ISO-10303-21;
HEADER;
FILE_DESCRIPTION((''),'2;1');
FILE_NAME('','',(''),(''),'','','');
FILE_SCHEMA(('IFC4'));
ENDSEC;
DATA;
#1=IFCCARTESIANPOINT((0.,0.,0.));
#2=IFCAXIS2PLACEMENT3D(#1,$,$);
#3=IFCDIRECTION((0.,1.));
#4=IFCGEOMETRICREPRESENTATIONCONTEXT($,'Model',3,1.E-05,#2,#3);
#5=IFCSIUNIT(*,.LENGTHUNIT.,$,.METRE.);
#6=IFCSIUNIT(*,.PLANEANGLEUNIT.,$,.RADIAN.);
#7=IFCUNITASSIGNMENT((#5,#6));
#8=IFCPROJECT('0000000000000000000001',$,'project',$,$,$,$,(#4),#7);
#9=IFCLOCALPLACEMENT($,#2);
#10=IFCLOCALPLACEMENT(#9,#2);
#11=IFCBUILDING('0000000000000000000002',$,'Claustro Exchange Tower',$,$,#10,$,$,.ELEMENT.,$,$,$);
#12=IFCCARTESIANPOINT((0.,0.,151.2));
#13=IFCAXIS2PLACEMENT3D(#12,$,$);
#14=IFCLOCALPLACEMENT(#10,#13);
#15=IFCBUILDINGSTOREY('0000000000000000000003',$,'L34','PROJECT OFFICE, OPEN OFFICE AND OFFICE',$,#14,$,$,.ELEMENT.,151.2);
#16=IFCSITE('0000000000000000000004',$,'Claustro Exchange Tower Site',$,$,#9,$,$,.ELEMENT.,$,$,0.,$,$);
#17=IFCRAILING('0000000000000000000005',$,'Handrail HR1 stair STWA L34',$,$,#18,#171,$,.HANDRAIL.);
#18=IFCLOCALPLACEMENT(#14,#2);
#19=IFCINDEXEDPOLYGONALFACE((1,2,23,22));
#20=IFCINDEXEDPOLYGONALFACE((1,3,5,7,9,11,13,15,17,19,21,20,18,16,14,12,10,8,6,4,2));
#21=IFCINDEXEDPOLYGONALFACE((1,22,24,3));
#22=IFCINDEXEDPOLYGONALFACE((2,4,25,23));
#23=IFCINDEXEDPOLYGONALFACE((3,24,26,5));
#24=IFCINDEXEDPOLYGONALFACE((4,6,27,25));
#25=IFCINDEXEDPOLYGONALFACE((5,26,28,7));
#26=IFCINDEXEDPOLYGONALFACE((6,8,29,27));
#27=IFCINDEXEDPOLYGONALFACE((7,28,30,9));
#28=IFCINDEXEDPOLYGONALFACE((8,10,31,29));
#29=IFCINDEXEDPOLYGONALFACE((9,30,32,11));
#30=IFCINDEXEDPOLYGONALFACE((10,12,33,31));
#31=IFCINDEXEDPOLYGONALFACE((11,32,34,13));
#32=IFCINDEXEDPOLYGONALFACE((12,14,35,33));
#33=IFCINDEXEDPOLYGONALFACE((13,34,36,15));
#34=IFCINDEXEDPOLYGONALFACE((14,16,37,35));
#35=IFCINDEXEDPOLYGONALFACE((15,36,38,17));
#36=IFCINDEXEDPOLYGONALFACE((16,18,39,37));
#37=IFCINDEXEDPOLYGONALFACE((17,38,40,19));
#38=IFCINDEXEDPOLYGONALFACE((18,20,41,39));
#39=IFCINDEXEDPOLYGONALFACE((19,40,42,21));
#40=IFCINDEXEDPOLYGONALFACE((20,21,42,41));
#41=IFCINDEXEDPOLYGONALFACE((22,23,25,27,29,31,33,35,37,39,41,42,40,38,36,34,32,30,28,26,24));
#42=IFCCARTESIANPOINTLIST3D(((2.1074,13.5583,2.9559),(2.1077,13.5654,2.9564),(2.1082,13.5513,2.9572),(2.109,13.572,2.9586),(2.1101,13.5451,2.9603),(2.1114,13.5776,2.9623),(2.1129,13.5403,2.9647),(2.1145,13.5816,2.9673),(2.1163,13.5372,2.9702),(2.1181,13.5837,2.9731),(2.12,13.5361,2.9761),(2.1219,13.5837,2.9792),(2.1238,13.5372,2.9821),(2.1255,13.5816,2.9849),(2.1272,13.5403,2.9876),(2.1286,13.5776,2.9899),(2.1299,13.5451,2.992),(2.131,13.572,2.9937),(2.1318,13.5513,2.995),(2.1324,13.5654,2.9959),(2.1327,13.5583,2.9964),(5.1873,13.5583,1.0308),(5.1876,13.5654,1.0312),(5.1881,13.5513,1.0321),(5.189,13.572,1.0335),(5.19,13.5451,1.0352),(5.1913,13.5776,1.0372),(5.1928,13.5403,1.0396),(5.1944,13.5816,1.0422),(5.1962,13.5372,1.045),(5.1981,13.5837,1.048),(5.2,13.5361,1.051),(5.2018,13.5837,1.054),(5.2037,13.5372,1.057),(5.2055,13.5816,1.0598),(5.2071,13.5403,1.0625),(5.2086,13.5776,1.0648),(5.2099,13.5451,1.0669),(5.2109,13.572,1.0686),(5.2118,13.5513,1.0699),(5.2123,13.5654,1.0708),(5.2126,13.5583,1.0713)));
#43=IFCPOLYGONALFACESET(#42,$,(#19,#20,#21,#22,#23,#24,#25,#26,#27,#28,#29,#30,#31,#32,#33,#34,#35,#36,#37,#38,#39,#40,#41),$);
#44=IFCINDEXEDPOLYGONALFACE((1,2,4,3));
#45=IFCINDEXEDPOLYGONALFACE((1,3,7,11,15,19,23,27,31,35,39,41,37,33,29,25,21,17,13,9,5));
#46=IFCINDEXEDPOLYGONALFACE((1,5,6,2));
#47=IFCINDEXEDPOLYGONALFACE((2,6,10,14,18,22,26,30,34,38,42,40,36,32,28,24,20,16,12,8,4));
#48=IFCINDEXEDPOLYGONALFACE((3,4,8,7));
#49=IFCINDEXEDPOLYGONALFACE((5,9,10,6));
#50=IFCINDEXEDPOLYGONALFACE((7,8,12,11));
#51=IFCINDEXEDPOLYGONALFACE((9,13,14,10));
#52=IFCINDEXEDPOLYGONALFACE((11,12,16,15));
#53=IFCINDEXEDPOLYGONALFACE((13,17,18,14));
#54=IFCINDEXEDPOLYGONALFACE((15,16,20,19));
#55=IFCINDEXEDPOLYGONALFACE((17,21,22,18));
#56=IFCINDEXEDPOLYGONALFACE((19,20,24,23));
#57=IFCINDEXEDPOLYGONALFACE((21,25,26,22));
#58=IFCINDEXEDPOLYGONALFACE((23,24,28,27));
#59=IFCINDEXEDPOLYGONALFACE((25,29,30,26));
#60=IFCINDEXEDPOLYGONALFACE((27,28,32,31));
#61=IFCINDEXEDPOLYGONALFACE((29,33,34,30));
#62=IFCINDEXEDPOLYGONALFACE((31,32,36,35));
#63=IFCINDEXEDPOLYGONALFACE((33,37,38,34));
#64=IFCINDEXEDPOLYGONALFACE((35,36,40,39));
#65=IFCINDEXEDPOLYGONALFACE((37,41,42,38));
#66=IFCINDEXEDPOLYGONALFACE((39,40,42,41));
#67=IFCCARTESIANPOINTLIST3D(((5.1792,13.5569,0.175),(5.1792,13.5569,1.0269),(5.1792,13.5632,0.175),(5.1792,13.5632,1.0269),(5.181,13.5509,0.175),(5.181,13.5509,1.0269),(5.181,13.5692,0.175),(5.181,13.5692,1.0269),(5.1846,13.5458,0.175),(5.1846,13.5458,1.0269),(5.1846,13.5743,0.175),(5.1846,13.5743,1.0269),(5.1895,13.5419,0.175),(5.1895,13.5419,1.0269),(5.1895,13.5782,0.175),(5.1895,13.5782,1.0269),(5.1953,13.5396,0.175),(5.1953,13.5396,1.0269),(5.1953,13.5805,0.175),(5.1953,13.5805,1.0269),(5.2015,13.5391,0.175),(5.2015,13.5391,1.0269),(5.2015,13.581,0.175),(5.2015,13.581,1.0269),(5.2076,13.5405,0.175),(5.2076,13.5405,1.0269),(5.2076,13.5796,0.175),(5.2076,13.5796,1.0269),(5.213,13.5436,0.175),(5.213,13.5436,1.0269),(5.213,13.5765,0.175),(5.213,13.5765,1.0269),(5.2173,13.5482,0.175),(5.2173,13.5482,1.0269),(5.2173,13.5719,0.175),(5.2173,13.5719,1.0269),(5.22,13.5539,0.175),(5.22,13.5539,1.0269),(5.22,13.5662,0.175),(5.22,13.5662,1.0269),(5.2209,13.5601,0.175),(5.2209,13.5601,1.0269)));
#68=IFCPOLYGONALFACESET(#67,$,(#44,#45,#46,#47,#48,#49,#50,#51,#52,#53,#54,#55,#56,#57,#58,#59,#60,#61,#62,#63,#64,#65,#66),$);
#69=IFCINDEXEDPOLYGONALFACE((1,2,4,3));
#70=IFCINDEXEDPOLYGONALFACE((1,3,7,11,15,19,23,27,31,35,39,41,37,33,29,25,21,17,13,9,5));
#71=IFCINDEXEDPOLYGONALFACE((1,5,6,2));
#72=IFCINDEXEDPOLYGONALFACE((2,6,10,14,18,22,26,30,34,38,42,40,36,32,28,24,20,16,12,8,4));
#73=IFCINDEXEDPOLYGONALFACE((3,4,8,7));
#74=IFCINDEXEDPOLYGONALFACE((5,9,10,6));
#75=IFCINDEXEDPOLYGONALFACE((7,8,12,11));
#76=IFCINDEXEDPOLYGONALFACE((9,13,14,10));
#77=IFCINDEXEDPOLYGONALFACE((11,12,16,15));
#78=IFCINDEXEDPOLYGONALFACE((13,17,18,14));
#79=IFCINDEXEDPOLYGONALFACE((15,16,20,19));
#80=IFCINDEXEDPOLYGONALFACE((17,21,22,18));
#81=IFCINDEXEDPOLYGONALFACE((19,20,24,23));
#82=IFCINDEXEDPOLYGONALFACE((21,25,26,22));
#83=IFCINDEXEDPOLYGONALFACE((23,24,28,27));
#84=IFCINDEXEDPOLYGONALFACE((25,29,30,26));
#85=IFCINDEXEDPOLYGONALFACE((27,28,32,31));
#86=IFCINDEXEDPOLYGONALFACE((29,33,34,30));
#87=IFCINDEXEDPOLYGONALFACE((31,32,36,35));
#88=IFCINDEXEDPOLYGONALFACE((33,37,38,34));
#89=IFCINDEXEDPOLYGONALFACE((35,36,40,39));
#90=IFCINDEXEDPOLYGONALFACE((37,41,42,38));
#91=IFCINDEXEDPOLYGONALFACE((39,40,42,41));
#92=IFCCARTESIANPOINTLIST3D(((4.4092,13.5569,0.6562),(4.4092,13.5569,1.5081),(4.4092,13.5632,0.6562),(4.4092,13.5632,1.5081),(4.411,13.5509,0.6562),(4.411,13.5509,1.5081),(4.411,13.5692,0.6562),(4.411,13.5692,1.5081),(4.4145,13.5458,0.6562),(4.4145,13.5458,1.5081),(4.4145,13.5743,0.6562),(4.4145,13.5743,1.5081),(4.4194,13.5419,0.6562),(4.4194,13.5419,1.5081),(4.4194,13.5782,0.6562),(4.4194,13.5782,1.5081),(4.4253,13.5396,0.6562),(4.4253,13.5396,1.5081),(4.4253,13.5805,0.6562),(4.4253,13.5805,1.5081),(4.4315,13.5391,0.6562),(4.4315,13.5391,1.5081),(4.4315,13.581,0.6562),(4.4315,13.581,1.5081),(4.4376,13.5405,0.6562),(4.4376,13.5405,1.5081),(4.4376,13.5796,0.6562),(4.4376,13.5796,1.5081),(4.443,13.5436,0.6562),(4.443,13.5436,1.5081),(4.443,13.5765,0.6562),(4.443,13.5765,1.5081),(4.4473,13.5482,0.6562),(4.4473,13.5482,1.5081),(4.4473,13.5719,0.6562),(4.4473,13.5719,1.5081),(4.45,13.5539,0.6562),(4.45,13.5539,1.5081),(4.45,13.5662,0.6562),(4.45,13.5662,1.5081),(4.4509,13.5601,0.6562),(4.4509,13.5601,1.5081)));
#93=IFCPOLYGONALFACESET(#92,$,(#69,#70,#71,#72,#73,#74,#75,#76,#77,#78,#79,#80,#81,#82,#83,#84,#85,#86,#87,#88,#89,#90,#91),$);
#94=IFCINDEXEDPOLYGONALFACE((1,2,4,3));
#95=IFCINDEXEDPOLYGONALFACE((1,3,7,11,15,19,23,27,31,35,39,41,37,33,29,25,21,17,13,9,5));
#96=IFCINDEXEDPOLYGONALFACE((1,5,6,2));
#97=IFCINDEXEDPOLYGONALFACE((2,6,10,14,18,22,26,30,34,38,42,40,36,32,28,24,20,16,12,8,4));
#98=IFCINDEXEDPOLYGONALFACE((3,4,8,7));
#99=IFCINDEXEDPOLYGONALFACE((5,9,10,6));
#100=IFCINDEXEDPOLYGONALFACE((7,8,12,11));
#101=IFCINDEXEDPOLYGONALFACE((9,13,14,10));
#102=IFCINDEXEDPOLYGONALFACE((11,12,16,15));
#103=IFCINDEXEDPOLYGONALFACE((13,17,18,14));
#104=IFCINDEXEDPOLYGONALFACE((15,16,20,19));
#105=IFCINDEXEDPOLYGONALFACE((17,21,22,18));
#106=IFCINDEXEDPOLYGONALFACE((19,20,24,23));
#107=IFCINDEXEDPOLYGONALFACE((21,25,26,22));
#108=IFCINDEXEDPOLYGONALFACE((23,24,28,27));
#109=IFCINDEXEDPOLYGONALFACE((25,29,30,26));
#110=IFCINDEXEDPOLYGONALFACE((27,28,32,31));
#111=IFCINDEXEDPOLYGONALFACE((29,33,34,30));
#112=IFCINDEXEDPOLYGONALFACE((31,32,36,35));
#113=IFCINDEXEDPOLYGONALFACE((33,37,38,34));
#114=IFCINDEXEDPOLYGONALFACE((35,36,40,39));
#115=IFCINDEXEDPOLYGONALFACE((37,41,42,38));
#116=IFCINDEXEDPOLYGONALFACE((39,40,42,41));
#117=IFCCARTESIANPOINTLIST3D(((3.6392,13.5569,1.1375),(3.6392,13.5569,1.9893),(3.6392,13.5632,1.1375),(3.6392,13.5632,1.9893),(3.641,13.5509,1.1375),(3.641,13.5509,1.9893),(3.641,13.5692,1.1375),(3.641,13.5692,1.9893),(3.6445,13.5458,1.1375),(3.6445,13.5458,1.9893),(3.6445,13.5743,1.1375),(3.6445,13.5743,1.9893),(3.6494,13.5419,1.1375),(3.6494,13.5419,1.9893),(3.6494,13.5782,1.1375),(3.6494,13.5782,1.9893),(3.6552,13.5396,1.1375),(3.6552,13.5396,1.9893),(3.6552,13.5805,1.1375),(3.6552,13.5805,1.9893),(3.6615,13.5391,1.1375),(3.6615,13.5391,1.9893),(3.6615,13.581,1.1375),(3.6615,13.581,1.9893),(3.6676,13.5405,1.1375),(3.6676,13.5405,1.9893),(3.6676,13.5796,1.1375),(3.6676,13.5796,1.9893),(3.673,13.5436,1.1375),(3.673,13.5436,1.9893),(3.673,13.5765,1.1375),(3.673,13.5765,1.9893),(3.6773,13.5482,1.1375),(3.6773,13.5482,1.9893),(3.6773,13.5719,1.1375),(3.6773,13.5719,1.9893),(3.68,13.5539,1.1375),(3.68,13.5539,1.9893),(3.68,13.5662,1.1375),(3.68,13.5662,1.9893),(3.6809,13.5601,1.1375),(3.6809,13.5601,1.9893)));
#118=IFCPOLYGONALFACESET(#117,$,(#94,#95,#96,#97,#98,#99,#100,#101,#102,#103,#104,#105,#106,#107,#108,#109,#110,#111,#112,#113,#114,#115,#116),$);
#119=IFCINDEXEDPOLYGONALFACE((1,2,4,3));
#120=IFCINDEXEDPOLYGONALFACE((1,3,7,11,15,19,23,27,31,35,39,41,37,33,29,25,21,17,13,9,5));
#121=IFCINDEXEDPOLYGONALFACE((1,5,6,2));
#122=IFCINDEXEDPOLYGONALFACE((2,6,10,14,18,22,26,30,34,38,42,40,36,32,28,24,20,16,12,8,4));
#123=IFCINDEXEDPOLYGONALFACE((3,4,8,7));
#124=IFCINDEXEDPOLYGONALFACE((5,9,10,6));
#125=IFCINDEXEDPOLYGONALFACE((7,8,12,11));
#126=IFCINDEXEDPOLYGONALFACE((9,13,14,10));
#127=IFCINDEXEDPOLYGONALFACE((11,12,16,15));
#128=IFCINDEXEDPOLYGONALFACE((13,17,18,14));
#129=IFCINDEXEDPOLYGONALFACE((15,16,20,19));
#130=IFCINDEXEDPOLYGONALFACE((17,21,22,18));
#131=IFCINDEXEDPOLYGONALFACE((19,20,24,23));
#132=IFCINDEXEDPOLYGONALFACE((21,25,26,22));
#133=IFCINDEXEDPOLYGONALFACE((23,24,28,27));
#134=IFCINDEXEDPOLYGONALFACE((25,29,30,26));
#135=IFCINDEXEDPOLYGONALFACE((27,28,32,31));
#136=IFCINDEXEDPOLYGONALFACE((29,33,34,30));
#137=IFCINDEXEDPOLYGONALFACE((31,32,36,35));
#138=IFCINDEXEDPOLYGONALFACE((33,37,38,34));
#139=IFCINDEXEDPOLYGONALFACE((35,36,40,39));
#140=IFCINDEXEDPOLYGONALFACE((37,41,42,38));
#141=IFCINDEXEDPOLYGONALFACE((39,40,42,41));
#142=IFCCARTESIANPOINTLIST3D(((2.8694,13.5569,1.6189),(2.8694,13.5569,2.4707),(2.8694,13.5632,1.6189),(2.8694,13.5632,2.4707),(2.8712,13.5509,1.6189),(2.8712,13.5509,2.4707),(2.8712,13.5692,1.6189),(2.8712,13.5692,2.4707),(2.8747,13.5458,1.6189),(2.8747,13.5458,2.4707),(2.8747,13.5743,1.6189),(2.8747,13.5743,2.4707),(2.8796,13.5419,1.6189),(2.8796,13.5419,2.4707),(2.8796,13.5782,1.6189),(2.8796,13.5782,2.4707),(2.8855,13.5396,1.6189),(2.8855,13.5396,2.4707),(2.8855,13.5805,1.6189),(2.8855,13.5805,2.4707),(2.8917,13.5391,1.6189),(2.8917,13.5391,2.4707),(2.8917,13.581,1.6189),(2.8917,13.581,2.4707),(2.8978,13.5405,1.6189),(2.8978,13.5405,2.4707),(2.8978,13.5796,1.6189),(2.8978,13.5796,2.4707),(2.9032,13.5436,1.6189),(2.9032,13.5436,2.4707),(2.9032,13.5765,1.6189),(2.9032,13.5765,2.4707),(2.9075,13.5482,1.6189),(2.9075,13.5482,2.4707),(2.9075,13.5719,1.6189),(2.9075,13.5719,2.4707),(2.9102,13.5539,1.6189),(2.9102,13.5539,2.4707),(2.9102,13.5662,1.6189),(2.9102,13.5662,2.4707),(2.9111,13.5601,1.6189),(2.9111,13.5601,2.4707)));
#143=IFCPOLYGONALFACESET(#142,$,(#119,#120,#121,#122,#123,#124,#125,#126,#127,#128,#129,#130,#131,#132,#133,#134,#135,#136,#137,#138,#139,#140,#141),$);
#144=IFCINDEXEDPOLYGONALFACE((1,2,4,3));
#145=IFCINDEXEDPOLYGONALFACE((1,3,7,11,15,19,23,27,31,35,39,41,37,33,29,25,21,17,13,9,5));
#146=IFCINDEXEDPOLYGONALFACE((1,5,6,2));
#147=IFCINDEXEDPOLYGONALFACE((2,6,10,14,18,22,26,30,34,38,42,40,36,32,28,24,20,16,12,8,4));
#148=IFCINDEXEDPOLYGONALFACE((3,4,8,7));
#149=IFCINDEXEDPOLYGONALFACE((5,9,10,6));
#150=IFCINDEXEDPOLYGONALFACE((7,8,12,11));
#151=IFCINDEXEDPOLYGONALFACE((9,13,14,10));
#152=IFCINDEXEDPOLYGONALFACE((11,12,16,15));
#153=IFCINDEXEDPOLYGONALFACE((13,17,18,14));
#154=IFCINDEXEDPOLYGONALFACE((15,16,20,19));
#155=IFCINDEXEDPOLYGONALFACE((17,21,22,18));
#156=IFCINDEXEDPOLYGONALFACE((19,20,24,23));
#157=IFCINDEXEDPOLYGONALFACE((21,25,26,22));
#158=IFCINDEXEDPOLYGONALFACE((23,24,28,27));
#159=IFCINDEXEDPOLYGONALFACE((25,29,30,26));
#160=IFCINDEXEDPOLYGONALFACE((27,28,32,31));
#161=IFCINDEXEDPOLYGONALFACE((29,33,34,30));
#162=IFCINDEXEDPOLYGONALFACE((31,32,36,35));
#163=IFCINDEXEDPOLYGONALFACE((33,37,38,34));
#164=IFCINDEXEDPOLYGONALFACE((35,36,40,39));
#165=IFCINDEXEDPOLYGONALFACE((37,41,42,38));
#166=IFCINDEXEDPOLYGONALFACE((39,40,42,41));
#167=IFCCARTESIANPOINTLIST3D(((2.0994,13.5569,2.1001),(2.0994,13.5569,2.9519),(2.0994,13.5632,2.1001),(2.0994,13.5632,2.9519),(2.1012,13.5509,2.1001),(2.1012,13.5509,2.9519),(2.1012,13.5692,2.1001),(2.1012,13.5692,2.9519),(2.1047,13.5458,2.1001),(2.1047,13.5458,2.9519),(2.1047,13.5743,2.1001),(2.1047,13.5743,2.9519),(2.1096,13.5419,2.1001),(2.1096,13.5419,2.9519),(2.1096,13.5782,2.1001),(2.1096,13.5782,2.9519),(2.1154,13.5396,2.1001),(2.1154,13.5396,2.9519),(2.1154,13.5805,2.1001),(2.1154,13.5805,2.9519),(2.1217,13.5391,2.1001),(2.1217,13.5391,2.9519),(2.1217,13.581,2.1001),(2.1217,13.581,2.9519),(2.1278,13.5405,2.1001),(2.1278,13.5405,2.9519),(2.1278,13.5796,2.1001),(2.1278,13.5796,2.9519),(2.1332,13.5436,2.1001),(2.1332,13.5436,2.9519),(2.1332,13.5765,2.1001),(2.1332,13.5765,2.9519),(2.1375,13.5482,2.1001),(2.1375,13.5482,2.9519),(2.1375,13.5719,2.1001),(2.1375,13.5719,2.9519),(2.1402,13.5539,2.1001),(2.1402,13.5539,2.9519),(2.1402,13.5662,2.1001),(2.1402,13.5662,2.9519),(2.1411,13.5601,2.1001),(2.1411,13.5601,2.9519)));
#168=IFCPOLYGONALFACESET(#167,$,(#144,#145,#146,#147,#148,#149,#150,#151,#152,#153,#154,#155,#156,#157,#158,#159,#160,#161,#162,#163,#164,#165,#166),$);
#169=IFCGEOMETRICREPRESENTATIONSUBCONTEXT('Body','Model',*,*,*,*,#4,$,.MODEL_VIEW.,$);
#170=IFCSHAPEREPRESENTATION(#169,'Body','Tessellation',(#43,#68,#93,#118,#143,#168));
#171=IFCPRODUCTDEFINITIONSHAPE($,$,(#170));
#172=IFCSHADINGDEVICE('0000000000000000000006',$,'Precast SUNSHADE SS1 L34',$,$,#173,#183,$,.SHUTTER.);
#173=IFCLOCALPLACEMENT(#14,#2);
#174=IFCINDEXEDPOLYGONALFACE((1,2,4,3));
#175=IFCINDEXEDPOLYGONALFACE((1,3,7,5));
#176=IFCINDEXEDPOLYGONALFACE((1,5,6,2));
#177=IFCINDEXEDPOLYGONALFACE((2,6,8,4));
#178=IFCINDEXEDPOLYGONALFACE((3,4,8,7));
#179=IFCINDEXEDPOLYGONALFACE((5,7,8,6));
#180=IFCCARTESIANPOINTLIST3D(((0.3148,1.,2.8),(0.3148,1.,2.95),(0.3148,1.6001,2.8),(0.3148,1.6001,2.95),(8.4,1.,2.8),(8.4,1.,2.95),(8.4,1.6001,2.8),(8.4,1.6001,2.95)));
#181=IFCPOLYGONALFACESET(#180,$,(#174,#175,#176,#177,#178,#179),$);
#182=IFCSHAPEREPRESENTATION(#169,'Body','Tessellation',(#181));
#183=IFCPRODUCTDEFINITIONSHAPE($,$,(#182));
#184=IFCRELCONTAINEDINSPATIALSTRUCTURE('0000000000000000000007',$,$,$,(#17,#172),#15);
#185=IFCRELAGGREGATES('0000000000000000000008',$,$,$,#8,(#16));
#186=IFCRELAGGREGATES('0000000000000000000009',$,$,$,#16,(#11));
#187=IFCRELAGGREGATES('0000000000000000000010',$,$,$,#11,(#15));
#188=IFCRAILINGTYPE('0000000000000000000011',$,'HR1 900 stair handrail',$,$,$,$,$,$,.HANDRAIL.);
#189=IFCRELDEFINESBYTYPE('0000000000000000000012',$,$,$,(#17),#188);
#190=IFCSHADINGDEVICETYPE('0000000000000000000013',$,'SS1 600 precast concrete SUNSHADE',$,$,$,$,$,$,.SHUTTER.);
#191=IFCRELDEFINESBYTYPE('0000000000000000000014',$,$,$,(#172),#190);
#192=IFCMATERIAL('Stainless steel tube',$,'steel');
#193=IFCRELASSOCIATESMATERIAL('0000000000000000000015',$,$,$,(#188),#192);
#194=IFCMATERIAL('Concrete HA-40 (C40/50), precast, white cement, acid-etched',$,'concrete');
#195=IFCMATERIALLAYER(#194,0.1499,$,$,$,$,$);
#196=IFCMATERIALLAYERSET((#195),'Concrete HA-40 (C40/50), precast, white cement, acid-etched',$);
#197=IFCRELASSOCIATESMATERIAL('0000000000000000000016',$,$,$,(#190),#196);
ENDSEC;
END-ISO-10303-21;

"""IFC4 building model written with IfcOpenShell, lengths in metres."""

from ifc_helpers import new_model, si_unit, direction, frame, origin, origin_2d, place, context, subcontext, project, spatial, rectangle, circle, extrude, material, layer, layer_set, type_object, element, save


model = new_model("IFC4")

# Units and contexts
model_context = context("Model", 3, precision=1e-05, world=origin(), true_north=direction((0.0, 1.0)))
body_context = subcontext(model_context, "Body", "Model", "MODEL_VIEW")
ifc_project = project(units=[si_unit("LENGTHUNIT", "METRE"), si_unit("PLANEANGLEUNIT", "RADIAN")], contexts=[model_context])

# Site, building, storey
site_placement = place(None, origin())
site = spatial("IfcSite", under=ifc_project, at=site_placement, Name="Claustro Exchange Tower Site", CompositionType="ELEMENT", RefElevation=0.0)
building_placement = place(site_placement, origin())
building = spatial("IfcBuilding", under=site, at=building_placement, Name="Claustro Exchange Tower", CompositionType="ELEMENT")
storey_placement = place(building_placement, frame((0.0, 0.0, 151.2)))
storey = spatial("IfcBuildingStorey", under=building, at=storey_placement, Name="L34", Description="PROJECT OFFICE, OPEN OFFICE AND OFFICE", CompositionType="ELEMENT", Elevation=151.2)

# Railing
ifc_material_1 = material(Name="Stainless steel tube", Category="steel")
railing_type_1 = type_object("IfcRailingType", Name="HR1 900 stair handrail", PredefinedType="HANDRAIL", material=ifc_material_1)
railing_1_placement = place(storey_placement, frame((5.2, 13.5601, 0.175)))
element("IfcRailing", 1, at=railing_1_placement, inside=storey, type_object=railing_type_1, Name="Handrail HR1 stair STWA L34", PredefinedType="HANDRAIL", context=body_context, shape_type="SweptSolid", body=[
    extrude(circle(Radius=0.0239, at=origin_2d()), frame((0.0, 0.0, 0.876), z_axis=(-0.847979, 0.0, 0.530029), x_axis=(0.0, -1.0, 0.0)), (0.0, 0.0, 1.0), 3.6321),
    extrude(circle(Radius=0.021, at=origin_2d()), origin(), (0.0, 0.0, 1.0), 0.8518),
    extrude(circle(Radius=0.021, at=origin_2d()), frame((-0.77, 0.0, 0.4812)), (0.0, 0.0, 1.0), 0.8518),
    extrude(circle(Radius=0.021, at=origin_2d()), frame((-1.54, 0.0, 0.9624)), (0.0, 0.0, 1.0), 0.8518),
    extrude(circle(Radius=0.021, at=origin_2d()), frame((-2.3098, 0.0, 1.4438)), (0.0, 0.0, 1.0), 0.8518),
    extrude(circle(Radius=0.021, at=origin_2d()), frame((-3.0798, 0.0, 1.925)), (0.0, 0.0, 1.0), 0.8518),
])

# Shading device
ifc_material_2 = material(Name="Concrete HA-40 (C40/50), precast, white cement, acid-etched", Category="concrete")
ifc_layer_1 = layer(ifc_material_2, 0.1499)
ifc_layer_set_1 = layer_set([ifc_layer_1], Name="Concrete HA-40 (C40/50), precast, white cement, acid-etched")
shading_device_type = type_object("IfcShadingDeviceType", Name="SS1 600 precast concrete SUNSHADE", PredefinedType="SHUTTER", material=ifc_layer_set_1)
shading_device_placement = place(storey_placement, frame((4.3574, 1.3, 2.8), z_axis=(0.0, 0.0, 1.0), x_axis=(-1.0, 0.0, 0.0)))
element("IfcShadingDevice", 2, at=shading_device_placement, inside=storey, type_object=shading_device_type, Name="Precast SUNSHADE SS1 L34", PredefinedType="SHUTTER", context=body_context, shape_type="SweptSolid", body=[
    extrude(rectangle(XDim=8.0852, YDim=0.6001, at=origin_2d()), origin(), (0.0, 0.0, 1.0), 0.1499),
])

save(model, "model.ifc")
